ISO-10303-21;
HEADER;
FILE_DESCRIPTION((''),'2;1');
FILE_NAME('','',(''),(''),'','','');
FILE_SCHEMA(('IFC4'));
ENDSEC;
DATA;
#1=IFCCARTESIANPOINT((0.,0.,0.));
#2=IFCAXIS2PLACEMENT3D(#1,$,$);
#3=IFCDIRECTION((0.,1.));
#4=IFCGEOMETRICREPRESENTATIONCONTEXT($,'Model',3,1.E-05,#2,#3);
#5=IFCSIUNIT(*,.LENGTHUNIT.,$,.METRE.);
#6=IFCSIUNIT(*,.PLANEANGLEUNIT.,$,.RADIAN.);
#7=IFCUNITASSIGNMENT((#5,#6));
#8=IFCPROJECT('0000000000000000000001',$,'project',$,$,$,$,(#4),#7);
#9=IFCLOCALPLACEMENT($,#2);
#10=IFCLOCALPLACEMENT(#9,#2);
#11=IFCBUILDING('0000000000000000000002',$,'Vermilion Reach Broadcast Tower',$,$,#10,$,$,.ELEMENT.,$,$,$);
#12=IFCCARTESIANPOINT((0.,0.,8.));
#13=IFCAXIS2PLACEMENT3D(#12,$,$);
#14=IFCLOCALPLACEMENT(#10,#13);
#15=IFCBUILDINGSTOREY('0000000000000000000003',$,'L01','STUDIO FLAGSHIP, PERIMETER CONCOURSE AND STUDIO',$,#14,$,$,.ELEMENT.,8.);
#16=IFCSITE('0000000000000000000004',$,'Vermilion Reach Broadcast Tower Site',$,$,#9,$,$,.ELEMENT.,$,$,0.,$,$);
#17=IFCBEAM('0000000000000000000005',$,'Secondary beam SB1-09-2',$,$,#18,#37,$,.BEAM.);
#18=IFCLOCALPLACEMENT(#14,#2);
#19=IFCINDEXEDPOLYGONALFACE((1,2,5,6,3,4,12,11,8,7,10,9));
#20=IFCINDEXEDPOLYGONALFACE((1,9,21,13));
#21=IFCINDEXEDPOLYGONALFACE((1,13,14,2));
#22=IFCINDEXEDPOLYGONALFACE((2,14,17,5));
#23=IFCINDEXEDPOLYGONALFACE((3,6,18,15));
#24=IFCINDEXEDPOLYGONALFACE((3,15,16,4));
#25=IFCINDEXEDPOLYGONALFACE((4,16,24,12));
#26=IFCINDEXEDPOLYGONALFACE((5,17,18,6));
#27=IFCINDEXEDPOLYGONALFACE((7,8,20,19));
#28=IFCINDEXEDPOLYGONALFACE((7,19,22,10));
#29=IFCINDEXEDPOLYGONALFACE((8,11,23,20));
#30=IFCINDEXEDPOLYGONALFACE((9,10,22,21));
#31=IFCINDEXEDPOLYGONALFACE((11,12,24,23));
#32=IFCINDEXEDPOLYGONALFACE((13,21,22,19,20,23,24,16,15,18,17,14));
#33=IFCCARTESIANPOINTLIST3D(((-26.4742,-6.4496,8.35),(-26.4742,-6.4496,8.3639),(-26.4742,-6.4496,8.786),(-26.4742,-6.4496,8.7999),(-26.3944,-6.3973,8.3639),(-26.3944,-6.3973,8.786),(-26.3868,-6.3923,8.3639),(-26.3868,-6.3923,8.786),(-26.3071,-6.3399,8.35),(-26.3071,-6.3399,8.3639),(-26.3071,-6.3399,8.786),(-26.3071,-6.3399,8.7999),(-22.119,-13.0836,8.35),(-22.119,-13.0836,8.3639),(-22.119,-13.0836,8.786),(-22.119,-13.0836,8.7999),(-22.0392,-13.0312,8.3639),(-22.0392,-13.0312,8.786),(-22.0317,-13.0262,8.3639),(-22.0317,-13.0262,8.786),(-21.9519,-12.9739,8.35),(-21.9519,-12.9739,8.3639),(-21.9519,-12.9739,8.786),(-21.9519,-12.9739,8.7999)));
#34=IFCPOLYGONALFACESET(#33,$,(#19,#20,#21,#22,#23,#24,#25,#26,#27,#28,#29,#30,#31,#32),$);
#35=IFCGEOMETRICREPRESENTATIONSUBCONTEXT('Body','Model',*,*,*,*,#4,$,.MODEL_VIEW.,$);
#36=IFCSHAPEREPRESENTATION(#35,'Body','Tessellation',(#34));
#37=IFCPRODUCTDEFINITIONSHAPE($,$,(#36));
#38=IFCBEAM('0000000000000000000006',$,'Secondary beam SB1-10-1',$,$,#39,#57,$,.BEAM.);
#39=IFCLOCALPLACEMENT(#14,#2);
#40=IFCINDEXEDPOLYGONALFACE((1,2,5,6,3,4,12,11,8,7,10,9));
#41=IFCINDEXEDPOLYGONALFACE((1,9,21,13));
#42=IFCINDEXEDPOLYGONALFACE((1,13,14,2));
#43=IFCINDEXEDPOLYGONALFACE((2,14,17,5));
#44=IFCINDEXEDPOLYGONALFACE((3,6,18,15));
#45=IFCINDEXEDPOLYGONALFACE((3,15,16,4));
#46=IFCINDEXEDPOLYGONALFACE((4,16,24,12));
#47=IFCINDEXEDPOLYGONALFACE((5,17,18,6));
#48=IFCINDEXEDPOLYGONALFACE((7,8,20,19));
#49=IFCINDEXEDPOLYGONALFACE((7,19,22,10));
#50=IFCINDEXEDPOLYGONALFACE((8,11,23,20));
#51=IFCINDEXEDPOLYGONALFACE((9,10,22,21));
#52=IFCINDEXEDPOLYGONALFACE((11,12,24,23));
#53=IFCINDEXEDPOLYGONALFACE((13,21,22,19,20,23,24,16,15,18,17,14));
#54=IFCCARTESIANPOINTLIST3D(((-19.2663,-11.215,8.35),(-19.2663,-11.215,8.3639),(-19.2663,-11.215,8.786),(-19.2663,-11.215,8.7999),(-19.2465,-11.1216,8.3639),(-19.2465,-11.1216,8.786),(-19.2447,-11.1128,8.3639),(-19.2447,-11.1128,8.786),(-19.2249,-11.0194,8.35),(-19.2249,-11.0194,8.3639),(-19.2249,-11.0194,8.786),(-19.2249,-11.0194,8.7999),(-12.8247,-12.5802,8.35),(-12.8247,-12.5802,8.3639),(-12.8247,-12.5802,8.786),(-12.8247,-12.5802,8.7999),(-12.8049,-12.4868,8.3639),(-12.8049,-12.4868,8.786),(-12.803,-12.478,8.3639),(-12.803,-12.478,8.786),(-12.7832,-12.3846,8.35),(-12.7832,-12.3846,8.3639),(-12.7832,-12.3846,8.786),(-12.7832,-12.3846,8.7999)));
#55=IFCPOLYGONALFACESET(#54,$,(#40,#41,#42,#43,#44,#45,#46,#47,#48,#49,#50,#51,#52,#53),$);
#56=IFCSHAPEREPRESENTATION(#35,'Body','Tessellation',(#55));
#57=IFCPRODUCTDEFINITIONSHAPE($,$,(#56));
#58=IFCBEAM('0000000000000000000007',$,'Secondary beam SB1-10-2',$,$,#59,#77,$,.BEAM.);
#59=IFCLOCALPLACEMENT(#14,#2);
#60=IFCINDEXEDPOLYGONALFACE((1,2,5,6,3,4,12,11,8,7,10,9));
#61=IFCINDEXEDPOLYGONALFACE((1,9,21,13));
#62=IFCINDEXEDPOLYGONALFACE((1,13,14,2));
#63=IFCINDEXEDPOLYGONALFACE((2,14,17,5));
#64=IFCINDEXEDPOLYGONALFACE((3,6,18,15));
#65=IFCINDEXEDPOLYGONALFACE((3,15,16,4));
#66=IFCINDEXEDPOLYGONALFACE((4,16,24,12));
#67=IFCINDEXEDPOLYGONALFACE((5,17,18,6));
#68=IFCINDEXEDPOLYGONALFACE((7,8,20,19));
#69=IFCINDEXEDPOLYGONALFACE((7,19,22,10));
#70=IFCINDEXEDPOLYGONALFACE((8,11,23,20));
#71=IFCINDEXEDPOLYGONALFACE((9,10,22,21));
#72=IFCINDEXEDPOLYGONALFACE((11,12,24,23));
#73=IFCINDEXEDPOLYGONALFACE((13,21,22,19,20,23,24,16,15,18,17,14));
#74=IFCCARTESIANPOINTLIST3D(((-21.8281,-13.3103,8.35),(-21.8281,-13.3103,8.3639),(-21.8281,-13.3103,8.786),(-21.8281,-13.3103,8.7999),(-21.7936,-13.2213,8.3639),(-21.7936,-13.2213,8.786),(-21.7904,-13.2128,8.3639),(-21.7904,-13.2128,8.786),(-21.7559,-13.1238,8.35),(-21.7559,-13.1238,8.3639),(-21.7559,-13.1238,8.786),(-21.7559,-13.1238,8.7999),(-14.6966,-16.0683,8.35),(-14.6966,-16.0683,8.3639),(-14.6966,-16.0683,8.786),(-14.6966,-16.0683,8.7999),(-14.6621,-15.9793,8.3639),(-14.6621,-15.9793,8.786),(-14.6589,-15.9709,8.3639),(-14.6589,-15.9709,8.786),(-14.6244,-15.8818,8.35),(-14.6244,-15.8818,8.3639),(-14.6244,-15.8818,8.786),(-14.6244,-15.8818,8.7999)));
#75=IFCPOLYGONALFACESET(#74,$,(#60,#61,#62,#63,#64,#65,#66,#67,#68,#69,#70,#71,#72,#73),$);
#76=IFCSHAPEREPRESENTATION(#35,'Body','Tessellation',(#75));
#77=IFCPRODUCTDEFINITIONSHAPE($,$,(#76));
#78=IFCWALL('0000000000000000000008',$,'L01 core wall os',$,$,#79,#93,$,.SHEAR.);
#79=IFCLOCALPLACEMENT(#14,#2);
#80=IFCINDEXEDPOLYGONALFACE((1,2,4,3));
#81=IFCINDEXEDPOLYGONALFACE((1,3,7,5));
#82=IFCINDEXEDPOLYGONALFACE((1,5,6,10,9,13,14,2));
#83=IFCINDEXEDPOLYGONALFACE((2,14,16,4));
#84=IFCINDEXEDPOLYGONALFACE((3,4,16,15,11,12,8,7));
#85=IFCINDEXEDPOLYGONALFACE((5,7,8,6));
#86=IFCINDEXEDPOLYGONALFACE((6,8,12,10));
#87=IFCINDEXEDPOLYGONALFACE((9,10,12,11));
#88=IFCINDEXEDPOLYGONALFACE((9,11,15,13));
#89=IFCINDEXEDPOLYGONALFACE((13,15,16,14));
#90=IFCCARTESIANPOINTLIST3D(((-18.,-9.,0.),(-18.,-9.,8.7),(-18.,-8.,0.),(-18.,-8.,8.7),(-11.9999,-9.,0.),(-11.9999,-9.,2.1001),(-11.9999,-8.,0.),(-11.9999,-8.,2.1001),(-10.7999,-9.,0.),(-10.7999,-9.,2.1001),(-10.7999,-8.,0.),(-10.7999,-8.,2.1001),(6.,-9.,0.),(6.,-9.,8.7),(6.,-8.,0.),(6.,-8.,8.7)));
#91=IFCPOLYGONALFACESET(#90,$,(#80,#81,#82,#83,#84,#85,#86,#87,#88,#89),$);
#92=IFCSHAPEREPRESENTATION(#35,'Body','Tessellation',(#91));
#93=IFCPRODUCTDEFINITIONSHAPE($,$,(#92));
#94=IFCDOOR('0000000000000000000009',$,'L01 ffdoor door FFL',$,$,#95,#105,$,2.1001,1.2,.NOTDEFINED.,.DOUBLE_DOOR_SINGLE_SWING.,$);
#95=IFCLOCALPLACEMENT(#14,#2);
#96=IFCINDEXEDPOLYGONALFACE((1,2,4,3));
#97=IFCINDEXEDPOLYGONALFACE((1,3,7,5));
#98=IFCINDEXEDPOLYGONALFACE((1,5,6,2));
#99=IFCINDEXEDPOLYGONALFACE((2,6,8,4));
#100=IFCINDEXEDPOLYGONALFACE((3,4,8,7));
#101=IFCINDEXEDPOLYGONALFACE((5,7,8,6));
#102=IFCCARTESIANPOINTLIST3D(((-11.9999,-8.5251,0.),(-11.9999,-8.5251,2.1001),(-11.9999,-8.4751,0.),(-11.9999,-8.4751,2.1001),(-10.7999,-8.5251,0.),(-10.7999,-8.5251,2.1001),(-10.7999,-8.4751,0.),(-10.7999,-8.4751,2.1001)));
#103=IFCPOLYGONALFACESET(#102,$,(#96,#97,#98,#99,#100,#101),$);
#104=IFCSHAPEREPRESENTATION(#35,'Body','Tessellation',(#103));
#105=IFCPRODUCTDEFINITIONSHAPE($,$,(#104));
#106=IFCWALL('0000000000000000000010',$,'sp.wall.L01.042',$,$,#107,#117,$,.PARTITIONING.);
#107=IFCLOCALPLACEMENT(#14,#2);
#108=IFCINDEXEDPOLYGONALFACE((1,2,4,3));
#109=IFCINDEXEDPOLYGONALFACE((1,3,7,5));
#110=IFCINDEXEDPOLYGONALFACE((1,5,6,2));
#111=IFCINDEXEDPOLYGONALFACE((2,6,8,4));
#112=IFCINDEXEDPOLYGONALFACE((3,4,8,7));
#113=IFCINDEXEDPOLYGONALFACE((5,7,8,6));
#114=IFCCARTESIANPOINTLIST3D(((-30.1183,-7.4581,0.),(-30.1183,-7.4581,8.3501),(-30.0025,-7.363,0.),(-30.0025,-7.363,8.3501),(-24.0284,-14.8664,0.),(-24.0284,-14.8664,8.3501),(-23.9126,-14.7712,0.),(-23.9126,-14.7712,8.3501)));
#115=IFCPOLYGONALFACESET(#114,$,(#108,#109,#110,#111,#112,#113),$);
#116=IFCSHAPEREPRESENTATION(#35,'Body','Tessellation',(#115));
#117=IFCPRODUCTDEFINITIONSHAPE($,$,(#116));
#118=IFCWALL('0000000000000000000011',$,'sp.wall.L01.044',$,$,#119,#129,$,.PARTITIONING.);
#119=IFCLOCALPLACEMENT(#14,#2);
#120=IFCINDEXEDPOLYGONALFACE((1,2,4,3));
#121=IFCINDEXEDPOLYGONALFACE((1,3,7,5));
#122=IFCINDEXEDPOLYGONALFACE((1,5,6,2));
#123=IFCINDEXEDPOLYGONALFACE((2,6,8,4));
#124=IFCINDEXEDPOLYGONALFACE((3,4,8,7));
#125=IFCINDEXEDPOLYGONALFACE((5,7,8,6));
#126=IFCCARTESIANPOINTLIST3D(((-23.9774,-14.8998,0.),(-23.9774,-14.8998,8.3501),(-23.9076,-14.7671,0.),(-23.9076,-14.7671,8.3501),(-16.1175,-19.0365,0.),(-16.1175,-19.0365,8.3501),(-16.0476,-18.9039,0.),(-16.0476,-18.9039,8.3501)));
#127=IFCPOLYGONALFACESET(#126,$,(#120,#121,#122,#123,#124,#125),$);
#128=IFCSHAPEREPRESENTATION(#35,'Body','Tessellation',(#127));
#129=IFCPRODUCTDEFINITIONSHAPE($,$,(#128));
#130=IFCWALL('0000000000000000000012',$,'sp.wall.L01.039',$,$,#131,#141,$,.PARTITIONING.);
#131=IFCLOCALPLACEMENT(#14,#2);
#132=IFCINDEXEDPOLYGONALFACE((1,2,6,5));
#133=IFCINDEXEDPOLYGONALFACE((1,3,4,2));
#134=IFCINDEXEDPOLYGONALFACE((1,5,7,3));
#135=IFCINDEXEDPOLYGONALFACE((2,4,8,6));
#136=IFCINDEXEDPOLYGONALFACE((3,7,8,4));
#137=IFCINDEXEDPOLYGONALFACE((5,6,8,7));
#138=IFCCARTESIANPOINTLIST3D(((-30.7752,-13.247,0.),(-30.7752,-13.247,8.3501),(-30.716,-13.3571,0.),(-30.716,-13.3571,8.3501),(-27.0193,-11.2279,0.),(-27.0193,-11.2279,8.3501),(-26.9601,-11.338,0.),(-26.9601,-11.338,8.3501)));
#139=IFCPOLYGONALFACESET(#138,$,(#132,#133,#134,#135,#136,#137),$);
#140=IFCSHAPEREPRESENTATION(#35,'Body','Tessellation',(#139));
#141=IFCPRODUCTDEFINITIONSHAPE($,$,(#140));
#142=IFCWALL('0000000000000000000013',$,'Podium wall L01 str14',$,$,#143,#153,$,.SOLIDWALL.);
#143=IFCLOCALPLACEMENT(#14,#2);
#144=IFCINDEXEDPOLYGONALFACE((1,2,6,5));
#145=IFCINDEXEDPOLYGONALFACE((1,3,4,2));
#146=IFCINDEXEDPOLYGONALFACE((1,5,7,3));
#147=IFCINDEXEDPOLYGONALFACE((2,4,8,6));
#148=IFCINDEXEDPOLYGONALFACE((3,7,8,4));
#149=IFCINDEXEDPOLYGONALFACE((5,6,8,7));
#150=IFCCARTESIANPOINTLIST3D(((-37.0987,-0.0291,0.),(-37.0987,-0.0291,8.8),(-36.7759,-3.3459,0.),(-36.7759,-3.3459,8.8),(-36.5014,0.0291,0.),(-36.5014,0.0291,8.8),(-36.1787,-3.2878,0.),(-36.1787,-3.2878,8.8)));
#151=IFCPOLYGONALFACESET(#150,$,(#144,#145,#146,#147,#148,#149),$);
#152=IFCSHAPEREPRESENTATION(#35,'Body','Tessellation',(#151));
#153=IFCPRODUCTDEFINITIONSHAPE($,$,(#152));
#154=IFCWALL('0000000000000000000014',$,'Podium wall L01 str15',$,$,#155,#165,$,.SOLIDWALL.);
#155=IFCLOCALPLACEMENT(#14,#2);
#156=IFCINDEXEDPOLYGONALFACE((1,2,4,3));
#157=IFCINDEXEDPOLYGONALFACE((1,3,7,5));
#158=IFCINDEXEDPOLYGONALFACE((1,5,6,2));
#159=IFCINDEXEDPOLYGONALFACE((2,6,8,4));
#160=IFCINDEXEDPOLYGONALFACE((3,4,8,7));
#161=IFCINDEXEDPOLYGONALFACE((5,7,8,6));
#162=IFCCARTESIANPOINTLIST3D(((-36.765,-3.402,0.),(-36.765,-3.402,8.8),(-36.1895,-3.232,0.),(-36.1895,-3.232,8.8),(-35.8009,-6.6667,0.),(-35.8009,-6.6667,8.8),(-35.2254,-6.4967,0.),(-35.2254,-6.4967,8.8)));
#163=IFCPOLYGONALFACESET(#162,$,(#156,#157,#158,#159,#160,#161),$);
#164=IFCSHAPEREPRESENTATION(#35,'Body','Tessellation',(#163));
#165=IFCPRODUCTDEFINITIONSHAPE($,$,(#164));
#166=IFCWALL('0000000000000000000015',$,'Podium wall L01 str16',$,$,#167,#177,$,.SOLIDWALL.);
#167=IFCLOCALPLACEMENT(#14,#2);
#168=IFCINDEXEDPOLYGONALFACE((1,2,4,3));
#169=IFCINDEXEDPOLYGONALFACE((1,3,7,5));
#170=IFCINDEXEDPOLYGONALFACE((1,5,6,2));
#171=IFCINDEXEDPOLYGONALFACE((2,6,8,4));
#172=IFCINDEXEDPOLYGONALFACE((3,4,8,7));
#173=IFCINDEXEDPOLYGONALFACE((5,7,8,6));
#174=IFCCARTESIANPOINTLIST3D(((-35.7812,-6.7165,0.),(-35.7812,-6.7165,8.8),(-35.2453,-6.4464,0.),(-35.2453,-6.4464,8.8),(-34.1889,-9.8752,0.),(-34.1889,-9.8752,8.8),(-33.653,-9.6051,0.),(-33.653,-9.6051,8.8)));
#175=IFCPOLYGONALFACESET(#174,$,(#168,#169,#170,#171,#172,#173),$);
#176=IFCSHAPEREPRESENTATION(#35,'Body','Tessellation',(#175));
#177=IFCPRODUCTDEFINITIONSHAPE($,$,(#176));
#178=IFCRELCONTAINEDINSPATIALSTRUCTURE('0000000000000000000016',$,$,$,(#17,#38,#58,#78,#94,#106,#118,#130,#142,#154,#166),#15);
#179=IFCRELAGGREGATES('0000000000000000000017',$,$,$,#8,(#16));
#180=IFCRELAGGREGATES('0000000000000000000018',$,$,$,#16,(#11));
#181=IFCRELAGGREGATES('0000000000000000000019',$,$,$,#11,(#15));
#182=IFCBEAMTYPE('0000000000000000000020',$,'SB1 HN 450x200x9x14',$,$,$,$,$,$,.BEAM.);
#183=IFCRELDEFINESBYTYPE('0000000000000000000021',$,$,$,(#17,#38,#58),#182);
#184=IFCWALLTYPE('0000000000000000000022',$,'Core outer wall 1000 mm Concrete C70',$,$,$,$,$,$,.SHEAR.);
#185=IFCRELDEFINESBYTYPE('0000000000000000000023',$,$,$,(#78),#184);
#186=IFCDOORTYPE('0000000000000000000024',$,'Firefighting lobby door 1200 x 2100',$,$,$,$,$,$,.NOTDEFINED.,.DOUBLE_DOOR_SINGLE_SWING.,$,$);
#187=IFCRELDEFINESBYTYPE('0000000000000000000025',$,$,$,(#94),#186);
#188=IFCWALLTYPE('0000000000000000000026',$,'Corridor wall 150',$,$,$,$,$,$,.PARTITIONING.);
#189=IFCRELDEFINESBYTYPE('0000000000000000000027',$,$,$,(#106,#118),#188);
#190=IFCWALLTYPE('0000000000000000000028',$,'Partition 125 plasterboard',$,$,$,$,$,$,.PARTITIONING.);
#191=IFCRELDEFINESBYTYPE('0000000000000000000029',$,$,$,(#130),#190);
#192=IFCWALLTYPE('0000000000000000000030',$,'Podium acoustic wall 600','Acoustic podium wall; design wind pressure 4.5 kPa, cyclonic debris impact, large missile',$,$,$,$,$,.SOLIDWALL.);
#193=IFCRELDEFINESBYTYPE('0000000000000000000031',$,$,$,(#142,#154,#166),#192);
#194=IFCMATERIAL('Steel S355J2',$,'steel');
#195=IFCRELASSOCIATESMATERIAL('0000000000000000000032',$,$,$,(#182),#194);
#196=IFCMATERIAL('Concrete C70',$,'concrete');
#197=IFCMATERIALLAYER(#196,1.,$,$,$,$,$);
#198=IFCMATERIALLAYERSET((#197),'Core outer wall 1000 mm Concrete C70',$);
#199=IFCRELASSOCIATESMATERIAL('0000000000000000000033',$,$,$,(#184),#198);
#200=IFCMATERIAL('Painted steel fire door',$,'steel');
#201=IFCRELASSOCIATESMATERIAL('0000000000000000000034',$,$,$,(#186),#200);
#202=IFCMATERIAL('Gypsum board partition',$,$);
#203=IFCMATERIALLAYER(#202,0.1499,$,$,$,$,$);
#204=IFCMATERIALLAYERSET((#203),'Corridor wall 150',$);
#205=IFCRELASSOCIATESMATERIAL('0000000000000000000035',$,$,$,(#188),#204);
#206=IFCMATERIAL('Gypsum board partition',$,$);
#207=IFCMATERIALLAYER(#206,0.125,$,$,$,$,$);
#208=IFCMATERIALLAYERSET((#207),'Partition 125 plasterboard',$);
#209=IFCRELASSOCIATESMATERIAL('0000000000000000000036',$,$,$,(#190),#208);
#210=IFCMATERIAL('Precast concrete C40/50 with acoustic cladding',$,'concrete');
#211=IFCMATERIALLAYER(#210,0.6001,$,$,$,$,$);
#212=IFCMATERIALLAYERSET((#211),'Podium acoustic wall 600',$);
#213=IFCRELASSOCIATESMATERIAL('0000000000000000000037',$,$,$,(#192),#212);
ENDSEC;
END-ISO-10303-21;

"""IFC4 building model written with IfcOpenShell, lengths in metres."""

from ifc_helpers import new_model, si_unit, direction, frame, frame_2d, origin, origin_2d, place, context, subcontext, project, spatial, rectangle, i_section, extrude, material, layer, layer_set, material_profile, profile_set, type_object, element, fill, save


model = new_model("IFC4")

# Units and contexts
model_context = context("Model", 3, precision=1e-05, world=origin(), true_north=direction((0.0, 1.0)))
body_context = subcontext(model_context, "Body", "Model", "MODEL_VIEW")
ifc_project = project(units=[si_unit("LENGTHUNIT", "METRE"), si_unit("PLANEANGLEUNIT", "RADIAN")], contexts=[model_context])

# Site, building, storey
site_placement = place(None, origin())
site = spatial("IfcSite", under=ifc_project, at=site_placement, Name="Vermilion Reach Broadcast Tower Site", CompositionType="ELEMENT", RefElevation=0.0)
building_placement = place(site_placement, origin())
building = spatial("IfcBuilding", under=site, at=building_placement, Name="Vermilion Reach Broadcast Tower", CompositionType="ELEMENT")
storey_placement = place(building_placement, frame((0.0, 0.0, 8.0)))
storey = spatial("IfcBuildingStorey", under=building, at=storey_placement, Name="L01", Description="STUDIO FLAGSHIP, PERIMETER CONCOURSE AND STUDIO", CompositionType="ELEMENT", Elevation=8.0)

# Beams
ifc_material_1 = material(Name="Steel S355J2", Category="steel")
ifc_material_profile_1 = material_profile(ifc_material_1, i_section(OverallWidth=0.2, OverallDepth=0.45, WebThickness=0.009, FlangeThickness=0.0139, at=origin_2d()), Name="S355J2 HN 450x200x9x14")
ifc_profile_set_1 = profile_set([ifc_material_profile_1], Name="Steel S355J2")
beam_type_1 = type_object("IfcBeamType", Name="SB1 HN 450x200x9x14", PredefinedType="BEAM", material=ifc_profile_set_1)
beam_1_placement = place(storey_placement, frame((-26.3906, -6.3948, 8.575), z_axis=(0.548801, -0.835953, 0.0), x_axis=(0.835953, 0.548801, 0.0)))
element("IfcBeam", 1, at=beam_1_placement, inside=storey, type_object=beam_type_1, Name="Secondary beam SB1-09-2", PredefinedType="BEAM", context=body_context, shape_type="SweptSolid", body=[
    extrude(i_section(OverallWidth=0.2, OverallDepth=0.45, WebThickness=0.009, FlangeThickness=0.0139, at=origin_2d()), origin(), (0.0, 0.0, 1.0), 7.9358),
])
beam_2_placement = place(storey_placement, frame((-19.2456, -11.1172, 8.575), z_axis=(0.97827, -0.207333, 0.0), x_axis=(0.207333, 0.97827, 0.0)))
element("IfcBeam", 2, at=beam_2_placement, inside=storey, type_object=beam_type_1, Name="Secondary beam SB1-10-1", PredefinedType="BEAM", context=body_context, shape_type="SweptSolid", body=[
    extrude(i_section(OverallWidth=0.2, OverallDepth=0.45, WebThickness=0.009, FlangeThickness=0.0139, at=origin_2d()), origin(), (0.0, 0.0, 1.0), 6.5847),
])
beam_3_placement = place(storey_placement, frame((-21.792, -13.217, 8.575), z_axis=(0.932681, -0.360703, 0.0), x_axis=(0.360703, 0.932681, 0.0)))
element("IfcBeam", 3, at=beam_3_placement, inside=storey, type_object=beam_type_1, Name="Secondary beam SB1-10-2", PredefinedType="BEAM", context=body_context, shape_type="SweptSolid", body=[
    extrude(i_section(OverallWidth=0.2, OverallDepth=0.45, WebThickness=0.009, FlangeThickness=0.0139, at=origin_2d()), origin(), (0.0, 0.0, 1.0), 7.6462),
])

# Wall, opening, door
ifc_material_2 = material(Name="Concrete C70", Category="concrete")
ifc_layer_1 = layer(ifc_material_2, 1.0)
ifc_layer_set_1 = layer_set([ifc_layer_1], Name="Core outer wall 1000 mm Concrete C70")
wall_type_1 = type_object("IfcWallType", Name="Core outer wall 1000 mm Concrete C70", PredefinedType="SHEAR", material=ifc_layer_set_1)
wall_1_placement = place(storey_placement, frame((-18.0, -8.5, 0.0), z_axis=(0.0, 0.0, 1.0), x_axis=(1.0, 0.0, 0.0)))
wall_1 = element("IfcWall", 4, at=wall_1_placement, inside=storey, type_object=wall_type_1, Name="L01 core wall os", PredefinedType="SHEAR", context=body_context, shape_type="SweptSolid", body=[
    extrude(rectangle(XDim=24.0, YDim=1.0, at=frame_2d((12.0, 0.0))), origin(), (0.0, 0.0, 1.0), 8.7),
])
opening_1_placement = place(wall_1_placement, frame((6.0, 0.0, 0.0)))
opening_1 = element("IfcOpeningElement", 5, at=opening_1_placement, cuts=wall_1, PredefinedType="OPENING", context=body_context, shape_type="SweptSolid", body=[
    extrude(rectangle(XDim=1.2, YDim=2.1001, at=frame_2d((0.6001, 1.05))), frame((0.0, 0.51, 0.0), z_axis=(0.0, -1.0, 0.0), x_axis=(1.0, 0.0, 0.0)), (0.0, 0.0, 1.0), 1.02),
])
ifc_material_3 = material(Name="Painted steel fire door", Category="steel")
door_type_1 = type_object("IfcDoorType", Name="Firefighting lobby door 1200 x 2100", OperationType="DOUBLE_DOOR_SINGLE_SWING", PredefinedType="NOTDEFINED", material=ifc_material_3)
door_1_placement = place(opening_1_placement, origin())
door_1 = element("IfcDoor", 6, at=door_1_placement, inside=storey, type_object=door_type_1, Name="L01 ffdoor door FFL", OperationType="DOUBLE_DOOR_SINGLE_SWING", OverallHeight=2.1001, OverallWidth=1.2, PredefinedType="NOTDEFINED", context=body_context, shape_type="SweptSolid", body=[
    extrude(rectangle(XDim=1.2, YDim=2.1001, at=frame_2d((0.6001, 1.05))), frame((0.0, 0.0249, 0.0), z_axis=(0.0, -1.0, 0.0), x_axis=(1.0, 0.0, 0.0)), (0.0, 0.0, 1.0), 0.05),
])
fill(opening_1, door_1)

# Walls
ifc_material_4 = material(Name="Gypsum board partition")
ifc_layer_2 = layer(ifc_material_4, 0.1499)
ifc_layer_set_2 = layer_set([ifc_layer_2], Name="Corridor wall 150")
wall_type_2 = type_object("IfcWallType", Name="Corridor wall 150", PredefinedType="PARTITIONING", material=ifc_layer_set_2)
wall_2_placement = place(storey_placement, frame((-30.0603, -7.4106, 0.0), z_axis=(0.0, 0.0, 1.0), x_axis=(0.635022, -0.772494, 0.0)))
element("IfcWall", 7, at=wall_2_placement, inside=storey, type_object=wall_type_2, Name="sp.wall.L01.042", PredefinedType="PARTITIONING", context=body_context, shape_type="SweptSolid", body=[
    extrude(rectangle(XDim=9.5901, YDim=0.1499, at=frame_2d((4.7949, 0.0))), origin(), (0.0, 0.0, 1.0), 8.3501),
])
wall_3_placement = place(storey_placement, frame((-23.9424, -14.8335, 0.0), z_axis=(0.0, 0.0, 1.0), x_axis=(0.884921, -0.465742, 0.0)))
element("IfcWall", 8, at=wall_3_placement, inside=storey, type_object=wall_type_2, Name="sp.wall.L01.044", PredefinedType="PARTITIONING", context=body_context, shape_type="SweptSolid", body=[
    extrude(rectangle(XDim=8.8821, YDim=0.1499, at=frame_2d((4.4409, 0.0))), origin(), (0.0, 0.0, 1.0), 8.3501),
])
ifc_material_5 = material(Name="Gypsum board partition")
ifc_layer_3 = layer(ifc_material_5, 0.125)
ifc_layer_set_3 = layer_set([ifc_layer_3], Name="Partition 125 plasterboard")
wall_type_3 = type_object("IfcWallType", Name="Partition 125 plasterboard", PredefinedType="PARTITIONING", material=ifc_layer_set_3)
wall_4_placement = place(storey_placement, frame((-30.7456, -13.302, 0.0), z_axis=(0.0, 0.0, 1.0), x_axis=(0.880798, 0.473492, 0.0)))
element("IfcWall", 9, at=wall_4_placement, inside=storey, type_object=wall_type_3, Name="sp.wall.L01.039", PredefinedType="PARTITIONING", context=body_context, shape_type="SweptSolid", body=[
    extrude(rectangle(XDim=4.2642, YDim=0.125, at=frame_2d((2.1321, 0.0))), origin(), (0.0, 0.0, 1.0), 8.3501),
])
ifc_material_6 = material(Name="Precast concrete C40/50 with acoustic cladding", Category="concrete")
ifc_layer_4 = layer(ifc_material_6, 0.6001)
ifc_layer_set_4 = layer_set([ifc_layer_4], Name="Podium acoustic wall 600")
wall_type_4 = type_object("IfcWallType", Name="Podium acoustic wall 600", Description="Acoustic podium wall; design wind pressure 4.5 kPa, cyclonic debris impact, large missile", PredefinedType="SOLIDWALL", material=ifc_layer_set_4)
wall_5_placement = place(storey_placement, frame((-36.8, 0.0, 0.0), z_axis=(0.0, 0.0, 1.0), x_axis=(0.096849, -0.995299, 0.0)))
element("IfcWall", 10, at=wall_5_placement, inside=storey, type_object=wall_type_4, Name="Podium wall L01 str14", PredefinedType="SOLIDWALL", context=body_context, shape_type="SweptSolid", body=[
    extrude(rectangle(XDim=3.3325, YDim=0.6001, at=frame_2d((1.6663, 0.0))), origin(), (0.0, 0.0, 1.0), 8.8),
])
wall_6_placement = place(storey_placement, frame((-36.4773, -3.3169, 0.0), z_axis=(0.0, 0.0, 1.0), x_axis=(0.283226, -0.959053, 0.0)))
element("IfcWall", 11, at=wall_6_placement, inside=storey, type_object=wall_type_4, Name="Podium wall L01 str15", PredefinedType="SOLIDWALL", context=body_context, shape_type="SweptSolid", body=[
    extrude(rectangle(XDim=3.4041, YDim=0.6001, at=frame_2d((1.7021, 0.0))), origin(), (0.0, 0.0, 1.0), 8.8),
])
wall_7_placement = place(storey_placement, frame((-35.5132, -6.5815, 0.0), z_axis=(0.0, 0.0, 1.0), x_axis=(0.450138, -0.892959, 0.0)))
element("IfcWall", 12, at=wall_7_placement, inside=storey, type_object=wall_type_4, Name="Podium wall L01 str16", PredefinedType="SOLIDWALL", context=body_context, shape_type="SweptSolid", body=[
    extrude(rectangle(XDim=3.5374, YDim=0.6001, at=frame_2d((1.7686, 0.0))), origin(), (0.0, 0.0, 1.0), 8.8),
])

save(model, "model.ifc")
